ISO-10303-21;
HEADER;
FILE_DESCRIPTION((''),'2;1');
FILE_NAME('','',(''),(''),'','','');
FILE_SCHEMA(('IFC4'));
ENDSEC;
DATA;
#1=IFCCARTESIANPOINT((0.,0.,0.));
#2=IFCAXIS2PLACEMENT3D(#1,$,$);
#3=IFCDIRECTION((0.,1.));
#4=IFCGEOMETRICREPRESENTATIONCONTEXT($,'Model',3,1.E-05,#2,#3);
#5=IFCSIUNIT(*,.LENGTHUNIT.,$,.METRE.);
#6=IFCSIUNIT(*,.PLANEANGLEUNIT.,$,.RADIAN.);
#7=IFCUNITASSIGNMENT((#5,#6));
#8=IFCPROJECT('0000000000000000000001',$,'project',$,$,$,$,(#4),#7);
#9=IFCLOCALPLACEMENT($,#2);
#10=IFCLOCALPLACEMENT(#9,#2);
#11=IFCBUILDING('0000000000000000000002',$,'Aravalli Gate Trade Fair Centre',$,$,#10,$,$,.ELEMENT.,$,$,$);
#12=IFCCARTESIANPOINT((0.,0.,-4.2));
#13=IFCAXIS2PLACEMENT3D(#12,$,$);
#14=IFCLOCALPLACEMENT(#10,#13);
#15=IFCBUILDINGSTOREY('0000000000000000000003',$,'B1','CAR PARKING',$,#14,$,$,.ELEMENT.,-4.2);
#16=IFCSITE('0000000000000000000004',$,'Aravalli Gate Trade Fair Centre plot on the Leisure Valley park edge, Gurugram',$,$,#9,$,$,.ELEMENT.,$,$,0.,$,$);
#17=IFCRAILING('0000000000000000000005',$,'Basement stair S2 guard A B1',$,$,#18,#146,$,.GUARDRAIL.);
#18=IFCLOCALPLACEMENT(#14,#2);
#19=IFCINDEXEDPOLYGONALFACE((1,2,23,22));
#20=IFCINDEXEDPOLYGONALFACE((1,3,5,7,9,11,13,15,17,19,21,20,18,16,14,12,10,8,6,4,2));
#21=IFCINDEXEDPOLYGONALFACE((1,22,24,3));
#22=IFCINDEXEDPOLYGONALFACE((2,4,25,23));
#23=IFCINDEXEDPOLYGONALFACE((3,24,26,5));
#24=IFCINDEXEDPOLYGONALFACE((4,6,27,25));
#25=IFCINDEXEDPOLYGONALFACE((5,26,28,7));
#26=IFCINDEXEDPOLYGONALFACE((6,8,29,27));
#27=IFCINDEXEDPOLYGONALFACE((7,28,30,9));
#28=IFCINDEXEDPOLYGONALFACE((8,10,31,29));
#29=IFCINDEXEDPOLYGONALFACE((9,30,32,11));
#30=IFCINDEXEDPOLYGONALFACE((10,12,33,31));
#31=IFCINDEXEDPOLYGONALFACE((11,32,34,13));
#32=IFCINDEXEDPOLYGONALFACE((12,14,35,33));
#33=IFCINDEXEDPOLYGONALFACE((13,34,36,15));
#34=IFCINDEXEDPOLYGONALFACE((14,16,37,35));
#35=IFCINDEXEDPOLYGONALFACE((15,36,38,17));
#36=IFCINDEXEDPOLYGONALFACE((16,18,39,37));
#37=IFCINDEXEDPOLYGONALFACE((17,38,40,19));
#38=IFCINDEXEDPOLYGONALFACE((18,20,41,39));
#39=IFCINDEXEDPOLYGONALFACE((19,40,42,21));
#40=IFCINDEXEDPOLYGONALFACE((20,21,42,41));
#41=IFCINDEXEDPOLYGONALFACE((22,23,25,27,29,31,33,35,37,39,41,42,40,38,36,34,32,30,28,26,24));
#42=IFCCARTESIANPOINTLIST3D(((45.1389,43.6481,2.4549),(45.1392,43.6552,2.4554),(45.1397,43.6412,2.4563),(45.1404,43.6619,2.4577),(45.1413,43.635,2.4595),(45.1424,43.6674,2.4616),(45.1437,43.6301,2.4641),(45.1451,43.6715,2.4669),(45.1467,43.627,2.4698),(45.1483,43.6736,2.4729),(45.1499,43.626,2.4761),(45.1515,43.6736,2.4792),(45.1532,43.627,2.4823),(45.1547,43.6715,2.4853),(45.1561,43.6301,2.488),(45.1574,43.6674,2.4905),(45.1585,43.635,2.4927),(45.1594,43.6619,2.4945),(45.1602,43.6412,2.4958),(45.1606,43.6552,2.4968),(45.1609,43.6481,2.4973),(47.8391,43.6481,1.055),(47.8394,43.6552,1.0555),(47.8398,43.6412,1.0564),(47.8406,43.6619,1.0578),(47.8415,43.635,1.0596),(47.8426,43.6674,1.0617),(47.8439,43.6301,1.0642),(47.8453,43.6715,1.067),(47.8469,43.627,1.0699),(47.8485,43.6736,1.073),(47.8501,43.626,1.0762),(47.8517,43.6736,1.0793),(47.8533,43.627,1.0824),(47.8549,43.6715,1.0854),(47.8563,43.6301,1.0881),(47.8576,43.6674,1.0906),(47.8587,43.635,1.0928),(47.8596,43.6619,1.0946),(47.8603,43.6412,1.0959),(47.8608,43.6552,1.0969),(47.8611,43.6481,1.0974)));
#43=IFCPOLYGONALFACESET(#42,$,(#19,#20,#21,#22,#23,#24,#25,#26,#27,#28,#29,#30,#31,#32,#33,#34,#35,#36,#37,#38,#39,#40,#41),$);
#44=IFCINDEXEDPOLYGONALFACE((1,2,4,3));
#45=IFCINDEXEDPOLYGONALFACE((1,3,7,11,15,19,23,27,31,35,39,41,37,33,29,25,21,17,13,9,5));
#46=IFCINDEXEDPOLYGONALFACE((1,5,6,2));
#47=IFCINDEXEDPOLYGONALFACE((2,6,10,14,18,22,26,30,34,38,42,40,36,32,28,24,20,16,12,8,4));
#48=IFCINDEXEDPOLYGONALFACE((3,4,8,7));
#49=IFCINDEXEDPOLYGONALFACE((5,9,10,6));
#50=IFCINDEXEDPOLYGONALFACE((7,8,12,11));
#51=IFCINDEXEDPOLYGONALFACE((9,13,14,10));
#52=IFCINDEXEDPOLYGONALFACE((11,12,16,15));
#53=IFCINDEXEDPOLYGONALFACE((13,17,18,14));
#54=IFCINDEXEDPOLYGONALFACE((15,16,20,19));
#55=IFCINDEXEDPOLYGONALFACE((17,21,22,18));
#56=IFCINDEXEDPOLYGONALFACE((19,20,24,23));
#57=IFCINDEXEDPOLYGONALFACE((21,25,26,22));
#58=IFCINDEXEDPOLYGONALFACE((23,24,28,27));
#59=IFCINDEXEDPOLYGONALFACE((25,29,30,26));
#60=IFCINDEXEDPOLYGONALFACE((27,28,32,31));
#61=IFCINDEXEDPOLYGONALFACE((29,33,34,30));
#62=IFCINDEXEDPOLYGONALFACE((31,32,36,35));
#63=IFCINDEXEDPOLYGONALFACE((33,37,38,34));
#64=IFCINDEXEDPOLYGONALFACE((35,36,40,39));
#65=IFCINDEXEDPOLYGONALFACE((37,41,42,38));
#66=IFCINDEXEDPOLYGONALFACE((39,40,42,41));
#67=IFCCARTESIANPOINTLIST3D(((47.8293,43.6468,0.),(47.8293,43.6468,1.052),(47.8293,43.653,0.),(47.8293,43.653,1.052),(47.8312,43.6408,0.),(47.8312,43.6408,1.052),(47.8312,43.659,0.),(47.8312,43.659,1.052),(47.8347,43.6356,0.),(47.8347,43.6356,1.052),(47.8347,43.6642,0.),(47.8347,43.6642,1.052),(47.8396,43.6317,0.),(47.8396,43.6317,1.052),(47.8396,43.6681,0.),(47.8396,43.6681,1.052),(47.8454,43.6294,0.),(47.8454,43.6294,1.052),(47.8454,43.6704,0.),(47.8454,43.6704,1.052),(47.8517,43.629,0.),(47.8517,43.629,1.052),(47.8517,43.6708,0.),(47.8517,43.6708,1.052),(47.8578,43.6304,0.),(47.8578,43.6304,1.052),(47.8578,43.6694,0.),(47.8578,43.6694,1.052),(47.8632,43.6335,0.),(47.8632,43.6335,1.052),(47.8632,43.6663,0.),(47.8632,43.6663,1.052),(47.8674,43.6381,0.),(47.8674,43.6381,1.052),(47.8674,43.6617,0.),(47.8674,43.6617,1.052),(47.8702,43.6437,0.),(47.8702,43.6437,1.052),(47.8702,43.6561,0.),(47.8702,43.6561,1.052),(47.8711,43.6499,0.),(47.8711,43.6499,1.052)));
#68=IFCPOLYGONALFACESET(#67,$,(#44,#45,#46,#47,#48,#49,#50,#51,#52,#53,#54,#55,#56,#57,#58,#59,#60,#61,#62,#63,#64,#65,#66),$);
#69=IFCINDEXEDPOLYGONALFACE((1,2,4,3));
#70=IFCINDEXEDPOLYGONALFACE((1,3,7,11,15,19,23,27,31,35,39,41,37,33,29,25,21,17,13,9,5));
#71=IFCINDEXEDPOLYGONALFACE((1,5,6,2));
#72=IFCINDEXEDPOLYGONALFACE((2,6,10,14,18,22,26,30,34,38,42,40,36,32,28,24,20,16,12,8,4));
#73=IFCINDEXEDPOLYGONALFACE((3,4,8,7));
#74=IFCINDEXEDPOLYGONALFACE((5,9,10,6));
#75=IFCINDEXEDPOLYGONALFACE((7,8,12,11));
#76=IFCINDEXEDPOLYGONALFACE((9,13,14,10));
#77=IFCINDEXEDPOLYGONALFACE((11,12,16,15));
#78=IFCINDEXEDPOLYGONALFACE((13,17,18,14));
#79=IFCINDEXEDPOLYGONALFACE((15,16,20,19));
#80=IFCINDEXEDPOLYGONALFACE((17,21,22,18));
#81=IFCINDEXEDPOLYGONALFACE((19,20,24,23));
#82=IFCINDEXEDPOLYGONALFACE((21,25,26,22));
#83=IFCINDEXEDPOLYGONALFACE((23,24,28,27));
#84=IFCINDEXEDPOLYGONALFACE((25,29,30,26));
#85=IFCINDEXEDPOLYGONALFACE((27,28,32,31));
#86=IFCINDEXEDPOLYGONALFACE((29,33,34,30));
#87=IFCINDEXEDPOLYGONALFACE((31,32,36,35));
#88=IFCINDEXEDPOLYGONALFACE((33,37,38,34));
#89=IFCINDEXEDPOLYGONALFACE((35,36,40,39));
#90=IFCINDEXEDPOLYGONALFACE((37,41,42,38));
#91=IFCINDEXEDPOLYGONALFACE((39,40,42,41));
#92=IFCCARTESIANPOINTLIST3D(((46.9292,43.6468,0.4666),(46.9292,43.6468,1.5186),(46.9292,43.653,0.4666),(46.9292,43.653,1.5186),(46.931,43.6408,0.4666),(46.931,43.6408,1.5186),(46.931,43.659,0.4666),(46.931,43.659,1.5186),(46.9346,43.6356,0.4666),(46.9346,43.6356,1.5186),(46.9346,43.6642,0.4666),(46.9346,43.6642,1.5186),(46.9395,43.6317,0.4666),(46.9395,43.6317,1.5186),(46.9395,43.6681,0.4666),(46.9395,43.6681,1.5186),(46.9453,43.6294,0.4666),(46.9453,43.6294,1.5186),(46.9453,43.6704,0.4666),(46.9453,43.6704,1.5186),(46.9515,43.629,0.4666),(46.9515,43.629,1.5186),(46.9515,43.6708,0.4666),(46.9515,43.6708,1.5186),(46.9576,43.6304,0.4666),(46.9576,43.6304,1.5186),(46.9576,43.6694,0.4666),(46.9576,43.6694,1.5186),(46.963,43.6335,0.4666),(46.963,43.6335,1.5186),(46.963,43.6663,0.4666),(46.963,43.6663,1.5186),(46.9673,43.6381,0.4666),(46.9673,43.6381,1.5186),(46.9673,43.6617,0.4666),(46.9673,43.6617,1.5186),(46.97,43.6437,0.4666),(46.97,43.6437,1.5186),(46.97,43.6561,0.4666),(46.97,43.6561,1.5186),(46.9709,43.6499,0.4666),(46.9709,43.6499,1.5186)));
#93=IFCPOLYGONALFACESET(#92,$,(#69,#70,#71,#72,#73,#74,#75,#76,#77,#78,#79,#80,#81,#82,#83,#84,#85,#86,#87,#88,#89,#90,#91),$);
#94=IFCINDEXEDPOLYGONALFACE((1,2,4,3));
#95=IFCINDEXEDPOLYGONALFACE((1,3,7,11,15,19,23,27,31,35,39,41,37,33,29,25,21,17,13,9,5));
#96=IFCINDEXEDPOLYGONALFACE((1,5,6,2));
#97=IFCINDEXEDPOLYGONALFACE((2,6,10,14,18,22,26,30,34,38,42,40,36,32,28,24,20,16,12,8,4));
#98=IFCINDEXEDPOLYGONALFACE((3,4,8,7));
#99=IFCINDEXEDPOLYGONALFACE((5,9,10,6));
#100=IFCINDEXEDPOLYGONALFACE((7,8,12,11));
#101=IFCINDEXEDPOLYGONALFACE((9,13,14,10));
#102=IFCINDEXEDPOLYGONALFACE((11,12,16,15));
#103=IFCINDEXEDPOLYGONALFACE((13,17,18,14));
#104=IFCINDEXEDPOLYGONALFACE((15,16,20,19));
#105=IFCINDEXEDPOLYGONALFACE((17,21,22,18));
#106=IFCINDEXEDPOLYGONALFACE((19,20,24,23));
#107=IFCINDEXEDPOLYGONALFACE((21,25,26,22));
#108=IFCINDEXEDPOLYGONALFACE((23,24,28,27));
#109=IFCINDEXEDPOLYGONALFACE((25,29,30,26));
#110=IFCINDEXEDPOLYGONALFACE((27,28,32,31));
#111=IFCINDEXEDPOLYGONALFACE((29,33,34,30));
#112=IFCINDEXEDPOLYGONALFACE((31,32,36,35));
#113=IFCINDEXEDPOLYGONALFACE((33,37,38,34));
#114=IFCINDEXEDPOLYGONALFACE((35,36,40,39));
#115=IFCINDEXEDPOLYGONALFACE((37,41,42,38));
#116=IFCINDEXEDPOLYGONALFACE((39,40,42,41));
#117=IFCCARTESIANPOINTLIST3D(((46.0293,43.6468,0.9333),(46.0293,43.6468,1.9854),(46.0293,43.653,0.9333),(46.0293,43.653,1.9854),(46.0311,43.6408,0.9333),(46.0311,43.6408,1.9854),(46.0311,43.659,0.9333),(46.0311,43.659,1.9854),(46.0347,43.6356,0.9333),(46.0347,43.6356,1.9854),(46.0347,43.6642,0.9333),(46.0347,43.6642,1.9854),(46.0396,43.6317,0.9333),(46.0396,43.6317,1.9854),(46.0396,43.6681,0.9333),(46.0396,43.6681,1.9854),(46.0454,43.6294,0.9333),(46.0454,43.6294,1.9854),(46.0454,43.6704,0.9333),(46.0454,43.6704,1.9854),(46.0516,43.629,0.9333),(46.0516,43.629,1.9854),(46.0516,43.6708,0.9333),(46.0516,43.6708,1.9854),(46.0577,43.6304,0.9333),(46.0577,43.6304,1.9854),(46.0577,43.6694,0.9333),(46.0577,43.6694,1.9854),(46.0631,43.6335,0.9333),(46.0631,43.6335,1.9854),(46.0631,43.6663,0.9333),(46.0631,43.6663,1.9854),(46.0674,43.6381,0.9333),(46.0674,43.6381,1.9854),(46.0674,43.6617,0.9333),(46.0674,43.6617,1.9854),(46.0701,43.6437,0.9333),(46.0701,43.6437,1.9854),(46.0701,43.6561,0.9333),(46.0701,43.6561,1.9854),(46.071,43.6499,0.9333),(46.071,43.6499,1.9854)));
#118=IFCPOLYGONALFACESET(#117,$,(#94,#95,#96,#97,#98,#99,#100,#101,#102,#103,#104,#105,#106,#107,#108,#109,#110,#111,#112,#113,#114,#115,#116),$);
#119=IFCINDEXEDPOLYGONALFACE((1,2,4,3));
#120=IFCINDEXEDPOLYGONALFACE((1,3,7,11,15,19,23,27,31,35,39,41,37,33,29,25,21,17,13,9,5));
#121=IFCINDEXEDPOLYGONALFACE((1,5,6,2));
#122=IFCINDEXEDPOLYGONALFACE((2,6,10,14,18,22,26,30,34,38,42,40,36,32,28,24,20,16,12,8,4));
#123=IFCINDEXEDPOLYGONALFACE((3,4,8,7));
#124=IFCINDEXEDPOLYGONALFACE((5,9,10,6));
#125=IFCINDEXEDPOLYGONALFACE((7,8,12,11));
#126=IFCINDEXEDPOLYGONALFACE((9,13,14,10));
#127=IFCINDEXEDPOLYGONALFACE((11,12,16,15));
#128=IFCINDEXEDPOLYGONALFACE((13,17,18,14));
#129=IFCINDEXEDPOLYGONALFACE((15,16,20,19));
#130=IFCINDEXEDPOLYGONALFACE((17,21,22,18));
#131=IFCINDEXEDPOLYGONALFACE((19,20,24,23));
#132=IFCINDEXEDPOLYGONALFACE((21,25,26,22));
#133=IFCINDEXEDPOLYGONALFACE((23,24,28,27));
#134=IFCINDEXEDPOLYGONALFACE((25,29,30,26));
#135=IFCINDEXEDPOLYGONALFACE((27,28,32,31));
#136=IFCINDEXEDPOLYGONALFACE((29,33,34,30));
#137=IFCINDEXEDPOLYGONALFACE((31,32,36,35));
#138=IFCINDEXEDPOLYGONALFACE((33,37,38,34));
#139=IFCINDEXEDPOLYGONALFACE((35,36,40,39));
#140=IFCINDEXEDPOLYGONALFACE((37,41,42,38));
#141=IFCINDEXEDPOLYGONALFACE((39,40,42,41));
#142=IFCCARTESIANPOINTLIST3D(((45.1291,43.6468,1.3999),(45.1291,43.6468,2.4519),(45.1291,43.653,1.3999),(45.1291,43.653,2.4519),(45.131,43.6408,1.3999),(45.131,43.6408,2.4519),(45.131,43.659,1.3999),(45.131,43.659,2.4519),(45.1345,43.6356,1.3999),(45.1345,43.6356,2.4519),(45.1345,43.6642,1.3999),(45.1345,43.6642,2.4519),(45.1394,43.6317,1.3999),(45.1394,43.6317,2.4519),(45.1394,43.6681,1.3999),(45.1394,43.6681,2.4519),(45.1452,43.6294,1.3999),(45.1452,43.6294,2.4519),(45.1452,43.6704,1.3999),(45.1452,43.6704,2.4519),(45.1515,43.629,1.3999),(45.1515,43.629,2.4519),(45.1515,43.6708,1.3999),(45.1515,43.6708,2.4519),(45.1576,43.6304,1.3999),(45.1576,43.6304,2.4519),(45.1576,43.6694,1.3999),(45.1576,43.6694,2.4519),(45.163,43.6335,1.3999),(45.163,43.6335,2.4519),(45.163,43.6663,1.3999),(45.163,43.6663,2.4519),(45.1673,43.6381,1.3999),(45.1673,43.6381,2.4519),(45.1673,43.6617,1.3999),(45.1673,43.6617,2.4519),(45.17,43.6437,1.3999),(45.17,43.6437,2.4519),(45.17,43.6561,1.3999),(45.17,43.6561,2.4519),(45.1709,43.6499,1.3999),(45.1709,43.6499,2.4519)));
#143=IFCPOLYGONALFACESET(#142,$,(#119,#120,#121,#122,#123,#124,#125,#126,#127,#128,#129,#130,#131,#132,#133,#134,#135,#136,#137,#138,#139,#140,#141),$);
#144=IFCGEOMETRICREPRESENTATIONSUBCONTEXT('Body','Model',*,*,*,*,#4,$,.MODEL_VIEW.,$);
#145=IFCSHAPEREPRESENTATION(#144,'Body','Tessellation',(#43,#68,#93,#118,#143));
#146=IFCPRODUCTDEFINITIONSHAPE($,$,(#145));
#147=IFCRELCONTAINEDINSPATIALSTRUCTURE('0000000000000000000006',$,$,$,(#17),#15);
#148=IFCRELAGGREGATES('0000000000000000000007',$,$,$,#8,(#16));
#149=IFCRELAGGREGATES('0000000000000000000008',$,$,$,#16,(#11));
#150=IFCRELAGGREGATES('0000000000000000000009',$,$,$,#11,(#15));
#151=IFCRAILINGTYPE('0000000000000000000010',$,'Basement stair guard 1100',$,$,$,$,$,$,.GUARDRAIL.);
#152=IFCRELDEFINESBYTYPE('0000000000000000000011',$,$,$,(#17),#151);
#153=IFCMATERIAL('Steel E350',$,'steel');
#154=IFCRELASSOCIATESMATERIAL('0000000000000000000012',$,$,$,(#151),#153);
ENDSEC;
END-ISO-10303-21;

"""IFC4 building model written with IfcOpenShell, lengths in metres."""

from ifc_helpers import new_model, si_unit, direction, frame, origin, origin_2d, place, context, subcontext, project, spatial, circle, extrude, material, type_object, element, save


model = new_model("IFC4")

# Units and contexts
model_context = context("Model", 3, precision=1e-05, world=origin(), true_north=direction((0.0, 1.0)))
body_context = subcontext(model_context, "Body", "Model", "MODEL_VIEW")
ifc_project = project(units=[si_unit("LENGTHUNIT", "METRE"), si_unit("PLANEANGLEUNIT", "RADIAN")], contexts=[model_context])

# Site, building, storey
site_placement = place(None, origin())
site = spatial("IfcSite", under=ifc_project, at=site_placement, Name="Aravalli Gate Trade Fair Centre plot on the Leisure Valley park edge, Gurugram", CompositionType="ELEMENT", RefElevation=0.0)
building_placement = place(site_placement, origin())
building = spatial("IfcBuilding", under=site, at=building_placement, Name="Aravalli Gate Trade Fair Centre", CompositionType="ELEMENT")
storey_placement = place(building_placement, frame((0.0, 0.0, -4.2)))
storey = spatial("IfcBuildingStorey", under=building, at=storey_placement, Name="B1", Description="CAR PARKING", CompositionType="ELEMENT", Elevation=-4.2)

# Railing
ifc_material_1 = material(Name="Steel E350", Category="steel")
railing_type = type_object("IfcRailingType", Name="Basement stair guard 1100", PredefinedType="GUARDRAIL", material=ifc_material_1)
railing_1_placement = place(storey_placement, frame((47.8501, 43.6499, 0.0)))
element("IfcRailing", 1, at=railing_1_placement, inside=storey, type_object=railing_type, Name="Basement stair S2 guard A B1", PredefinedType="GUARDRAIL", context=body_context, shape_type="SweptSolid", body=[
    extrude(circle(Radius=0.0239, at=origin_2d()), frame((0.0, 0.0, 1.0762), z_axis=(-0.887781, 0.0, 0.460266), x_axis=(0.0, -1.0, 0.0)), (0.0, 0.0, 1.0), 3.0415),
    extrude(circle(Radius=0.021, at=origin_2d()), origin(), (0.0, 0.0, 1.0), 1.052),
    extrude(circle(Radius=0.021, at=origin_2d()), frame((-0.9001, 0.0, 0.4666)), (0.0, 0.0, 1.0), 1.052),
    extrude(circle(Radius=0.021, at=origin_2d()), frame((-1.8, 0.0, 0.9333)), (0.0, 0.0, 1.0), 1.052),
    extrude(circle(Radius=0.021, at=origin_2d()), frame((-2.7002, 0.0, 1.3999)), (0.0, 0.0, 1.0), 1.052),
])

save(model, "model.ifc")
